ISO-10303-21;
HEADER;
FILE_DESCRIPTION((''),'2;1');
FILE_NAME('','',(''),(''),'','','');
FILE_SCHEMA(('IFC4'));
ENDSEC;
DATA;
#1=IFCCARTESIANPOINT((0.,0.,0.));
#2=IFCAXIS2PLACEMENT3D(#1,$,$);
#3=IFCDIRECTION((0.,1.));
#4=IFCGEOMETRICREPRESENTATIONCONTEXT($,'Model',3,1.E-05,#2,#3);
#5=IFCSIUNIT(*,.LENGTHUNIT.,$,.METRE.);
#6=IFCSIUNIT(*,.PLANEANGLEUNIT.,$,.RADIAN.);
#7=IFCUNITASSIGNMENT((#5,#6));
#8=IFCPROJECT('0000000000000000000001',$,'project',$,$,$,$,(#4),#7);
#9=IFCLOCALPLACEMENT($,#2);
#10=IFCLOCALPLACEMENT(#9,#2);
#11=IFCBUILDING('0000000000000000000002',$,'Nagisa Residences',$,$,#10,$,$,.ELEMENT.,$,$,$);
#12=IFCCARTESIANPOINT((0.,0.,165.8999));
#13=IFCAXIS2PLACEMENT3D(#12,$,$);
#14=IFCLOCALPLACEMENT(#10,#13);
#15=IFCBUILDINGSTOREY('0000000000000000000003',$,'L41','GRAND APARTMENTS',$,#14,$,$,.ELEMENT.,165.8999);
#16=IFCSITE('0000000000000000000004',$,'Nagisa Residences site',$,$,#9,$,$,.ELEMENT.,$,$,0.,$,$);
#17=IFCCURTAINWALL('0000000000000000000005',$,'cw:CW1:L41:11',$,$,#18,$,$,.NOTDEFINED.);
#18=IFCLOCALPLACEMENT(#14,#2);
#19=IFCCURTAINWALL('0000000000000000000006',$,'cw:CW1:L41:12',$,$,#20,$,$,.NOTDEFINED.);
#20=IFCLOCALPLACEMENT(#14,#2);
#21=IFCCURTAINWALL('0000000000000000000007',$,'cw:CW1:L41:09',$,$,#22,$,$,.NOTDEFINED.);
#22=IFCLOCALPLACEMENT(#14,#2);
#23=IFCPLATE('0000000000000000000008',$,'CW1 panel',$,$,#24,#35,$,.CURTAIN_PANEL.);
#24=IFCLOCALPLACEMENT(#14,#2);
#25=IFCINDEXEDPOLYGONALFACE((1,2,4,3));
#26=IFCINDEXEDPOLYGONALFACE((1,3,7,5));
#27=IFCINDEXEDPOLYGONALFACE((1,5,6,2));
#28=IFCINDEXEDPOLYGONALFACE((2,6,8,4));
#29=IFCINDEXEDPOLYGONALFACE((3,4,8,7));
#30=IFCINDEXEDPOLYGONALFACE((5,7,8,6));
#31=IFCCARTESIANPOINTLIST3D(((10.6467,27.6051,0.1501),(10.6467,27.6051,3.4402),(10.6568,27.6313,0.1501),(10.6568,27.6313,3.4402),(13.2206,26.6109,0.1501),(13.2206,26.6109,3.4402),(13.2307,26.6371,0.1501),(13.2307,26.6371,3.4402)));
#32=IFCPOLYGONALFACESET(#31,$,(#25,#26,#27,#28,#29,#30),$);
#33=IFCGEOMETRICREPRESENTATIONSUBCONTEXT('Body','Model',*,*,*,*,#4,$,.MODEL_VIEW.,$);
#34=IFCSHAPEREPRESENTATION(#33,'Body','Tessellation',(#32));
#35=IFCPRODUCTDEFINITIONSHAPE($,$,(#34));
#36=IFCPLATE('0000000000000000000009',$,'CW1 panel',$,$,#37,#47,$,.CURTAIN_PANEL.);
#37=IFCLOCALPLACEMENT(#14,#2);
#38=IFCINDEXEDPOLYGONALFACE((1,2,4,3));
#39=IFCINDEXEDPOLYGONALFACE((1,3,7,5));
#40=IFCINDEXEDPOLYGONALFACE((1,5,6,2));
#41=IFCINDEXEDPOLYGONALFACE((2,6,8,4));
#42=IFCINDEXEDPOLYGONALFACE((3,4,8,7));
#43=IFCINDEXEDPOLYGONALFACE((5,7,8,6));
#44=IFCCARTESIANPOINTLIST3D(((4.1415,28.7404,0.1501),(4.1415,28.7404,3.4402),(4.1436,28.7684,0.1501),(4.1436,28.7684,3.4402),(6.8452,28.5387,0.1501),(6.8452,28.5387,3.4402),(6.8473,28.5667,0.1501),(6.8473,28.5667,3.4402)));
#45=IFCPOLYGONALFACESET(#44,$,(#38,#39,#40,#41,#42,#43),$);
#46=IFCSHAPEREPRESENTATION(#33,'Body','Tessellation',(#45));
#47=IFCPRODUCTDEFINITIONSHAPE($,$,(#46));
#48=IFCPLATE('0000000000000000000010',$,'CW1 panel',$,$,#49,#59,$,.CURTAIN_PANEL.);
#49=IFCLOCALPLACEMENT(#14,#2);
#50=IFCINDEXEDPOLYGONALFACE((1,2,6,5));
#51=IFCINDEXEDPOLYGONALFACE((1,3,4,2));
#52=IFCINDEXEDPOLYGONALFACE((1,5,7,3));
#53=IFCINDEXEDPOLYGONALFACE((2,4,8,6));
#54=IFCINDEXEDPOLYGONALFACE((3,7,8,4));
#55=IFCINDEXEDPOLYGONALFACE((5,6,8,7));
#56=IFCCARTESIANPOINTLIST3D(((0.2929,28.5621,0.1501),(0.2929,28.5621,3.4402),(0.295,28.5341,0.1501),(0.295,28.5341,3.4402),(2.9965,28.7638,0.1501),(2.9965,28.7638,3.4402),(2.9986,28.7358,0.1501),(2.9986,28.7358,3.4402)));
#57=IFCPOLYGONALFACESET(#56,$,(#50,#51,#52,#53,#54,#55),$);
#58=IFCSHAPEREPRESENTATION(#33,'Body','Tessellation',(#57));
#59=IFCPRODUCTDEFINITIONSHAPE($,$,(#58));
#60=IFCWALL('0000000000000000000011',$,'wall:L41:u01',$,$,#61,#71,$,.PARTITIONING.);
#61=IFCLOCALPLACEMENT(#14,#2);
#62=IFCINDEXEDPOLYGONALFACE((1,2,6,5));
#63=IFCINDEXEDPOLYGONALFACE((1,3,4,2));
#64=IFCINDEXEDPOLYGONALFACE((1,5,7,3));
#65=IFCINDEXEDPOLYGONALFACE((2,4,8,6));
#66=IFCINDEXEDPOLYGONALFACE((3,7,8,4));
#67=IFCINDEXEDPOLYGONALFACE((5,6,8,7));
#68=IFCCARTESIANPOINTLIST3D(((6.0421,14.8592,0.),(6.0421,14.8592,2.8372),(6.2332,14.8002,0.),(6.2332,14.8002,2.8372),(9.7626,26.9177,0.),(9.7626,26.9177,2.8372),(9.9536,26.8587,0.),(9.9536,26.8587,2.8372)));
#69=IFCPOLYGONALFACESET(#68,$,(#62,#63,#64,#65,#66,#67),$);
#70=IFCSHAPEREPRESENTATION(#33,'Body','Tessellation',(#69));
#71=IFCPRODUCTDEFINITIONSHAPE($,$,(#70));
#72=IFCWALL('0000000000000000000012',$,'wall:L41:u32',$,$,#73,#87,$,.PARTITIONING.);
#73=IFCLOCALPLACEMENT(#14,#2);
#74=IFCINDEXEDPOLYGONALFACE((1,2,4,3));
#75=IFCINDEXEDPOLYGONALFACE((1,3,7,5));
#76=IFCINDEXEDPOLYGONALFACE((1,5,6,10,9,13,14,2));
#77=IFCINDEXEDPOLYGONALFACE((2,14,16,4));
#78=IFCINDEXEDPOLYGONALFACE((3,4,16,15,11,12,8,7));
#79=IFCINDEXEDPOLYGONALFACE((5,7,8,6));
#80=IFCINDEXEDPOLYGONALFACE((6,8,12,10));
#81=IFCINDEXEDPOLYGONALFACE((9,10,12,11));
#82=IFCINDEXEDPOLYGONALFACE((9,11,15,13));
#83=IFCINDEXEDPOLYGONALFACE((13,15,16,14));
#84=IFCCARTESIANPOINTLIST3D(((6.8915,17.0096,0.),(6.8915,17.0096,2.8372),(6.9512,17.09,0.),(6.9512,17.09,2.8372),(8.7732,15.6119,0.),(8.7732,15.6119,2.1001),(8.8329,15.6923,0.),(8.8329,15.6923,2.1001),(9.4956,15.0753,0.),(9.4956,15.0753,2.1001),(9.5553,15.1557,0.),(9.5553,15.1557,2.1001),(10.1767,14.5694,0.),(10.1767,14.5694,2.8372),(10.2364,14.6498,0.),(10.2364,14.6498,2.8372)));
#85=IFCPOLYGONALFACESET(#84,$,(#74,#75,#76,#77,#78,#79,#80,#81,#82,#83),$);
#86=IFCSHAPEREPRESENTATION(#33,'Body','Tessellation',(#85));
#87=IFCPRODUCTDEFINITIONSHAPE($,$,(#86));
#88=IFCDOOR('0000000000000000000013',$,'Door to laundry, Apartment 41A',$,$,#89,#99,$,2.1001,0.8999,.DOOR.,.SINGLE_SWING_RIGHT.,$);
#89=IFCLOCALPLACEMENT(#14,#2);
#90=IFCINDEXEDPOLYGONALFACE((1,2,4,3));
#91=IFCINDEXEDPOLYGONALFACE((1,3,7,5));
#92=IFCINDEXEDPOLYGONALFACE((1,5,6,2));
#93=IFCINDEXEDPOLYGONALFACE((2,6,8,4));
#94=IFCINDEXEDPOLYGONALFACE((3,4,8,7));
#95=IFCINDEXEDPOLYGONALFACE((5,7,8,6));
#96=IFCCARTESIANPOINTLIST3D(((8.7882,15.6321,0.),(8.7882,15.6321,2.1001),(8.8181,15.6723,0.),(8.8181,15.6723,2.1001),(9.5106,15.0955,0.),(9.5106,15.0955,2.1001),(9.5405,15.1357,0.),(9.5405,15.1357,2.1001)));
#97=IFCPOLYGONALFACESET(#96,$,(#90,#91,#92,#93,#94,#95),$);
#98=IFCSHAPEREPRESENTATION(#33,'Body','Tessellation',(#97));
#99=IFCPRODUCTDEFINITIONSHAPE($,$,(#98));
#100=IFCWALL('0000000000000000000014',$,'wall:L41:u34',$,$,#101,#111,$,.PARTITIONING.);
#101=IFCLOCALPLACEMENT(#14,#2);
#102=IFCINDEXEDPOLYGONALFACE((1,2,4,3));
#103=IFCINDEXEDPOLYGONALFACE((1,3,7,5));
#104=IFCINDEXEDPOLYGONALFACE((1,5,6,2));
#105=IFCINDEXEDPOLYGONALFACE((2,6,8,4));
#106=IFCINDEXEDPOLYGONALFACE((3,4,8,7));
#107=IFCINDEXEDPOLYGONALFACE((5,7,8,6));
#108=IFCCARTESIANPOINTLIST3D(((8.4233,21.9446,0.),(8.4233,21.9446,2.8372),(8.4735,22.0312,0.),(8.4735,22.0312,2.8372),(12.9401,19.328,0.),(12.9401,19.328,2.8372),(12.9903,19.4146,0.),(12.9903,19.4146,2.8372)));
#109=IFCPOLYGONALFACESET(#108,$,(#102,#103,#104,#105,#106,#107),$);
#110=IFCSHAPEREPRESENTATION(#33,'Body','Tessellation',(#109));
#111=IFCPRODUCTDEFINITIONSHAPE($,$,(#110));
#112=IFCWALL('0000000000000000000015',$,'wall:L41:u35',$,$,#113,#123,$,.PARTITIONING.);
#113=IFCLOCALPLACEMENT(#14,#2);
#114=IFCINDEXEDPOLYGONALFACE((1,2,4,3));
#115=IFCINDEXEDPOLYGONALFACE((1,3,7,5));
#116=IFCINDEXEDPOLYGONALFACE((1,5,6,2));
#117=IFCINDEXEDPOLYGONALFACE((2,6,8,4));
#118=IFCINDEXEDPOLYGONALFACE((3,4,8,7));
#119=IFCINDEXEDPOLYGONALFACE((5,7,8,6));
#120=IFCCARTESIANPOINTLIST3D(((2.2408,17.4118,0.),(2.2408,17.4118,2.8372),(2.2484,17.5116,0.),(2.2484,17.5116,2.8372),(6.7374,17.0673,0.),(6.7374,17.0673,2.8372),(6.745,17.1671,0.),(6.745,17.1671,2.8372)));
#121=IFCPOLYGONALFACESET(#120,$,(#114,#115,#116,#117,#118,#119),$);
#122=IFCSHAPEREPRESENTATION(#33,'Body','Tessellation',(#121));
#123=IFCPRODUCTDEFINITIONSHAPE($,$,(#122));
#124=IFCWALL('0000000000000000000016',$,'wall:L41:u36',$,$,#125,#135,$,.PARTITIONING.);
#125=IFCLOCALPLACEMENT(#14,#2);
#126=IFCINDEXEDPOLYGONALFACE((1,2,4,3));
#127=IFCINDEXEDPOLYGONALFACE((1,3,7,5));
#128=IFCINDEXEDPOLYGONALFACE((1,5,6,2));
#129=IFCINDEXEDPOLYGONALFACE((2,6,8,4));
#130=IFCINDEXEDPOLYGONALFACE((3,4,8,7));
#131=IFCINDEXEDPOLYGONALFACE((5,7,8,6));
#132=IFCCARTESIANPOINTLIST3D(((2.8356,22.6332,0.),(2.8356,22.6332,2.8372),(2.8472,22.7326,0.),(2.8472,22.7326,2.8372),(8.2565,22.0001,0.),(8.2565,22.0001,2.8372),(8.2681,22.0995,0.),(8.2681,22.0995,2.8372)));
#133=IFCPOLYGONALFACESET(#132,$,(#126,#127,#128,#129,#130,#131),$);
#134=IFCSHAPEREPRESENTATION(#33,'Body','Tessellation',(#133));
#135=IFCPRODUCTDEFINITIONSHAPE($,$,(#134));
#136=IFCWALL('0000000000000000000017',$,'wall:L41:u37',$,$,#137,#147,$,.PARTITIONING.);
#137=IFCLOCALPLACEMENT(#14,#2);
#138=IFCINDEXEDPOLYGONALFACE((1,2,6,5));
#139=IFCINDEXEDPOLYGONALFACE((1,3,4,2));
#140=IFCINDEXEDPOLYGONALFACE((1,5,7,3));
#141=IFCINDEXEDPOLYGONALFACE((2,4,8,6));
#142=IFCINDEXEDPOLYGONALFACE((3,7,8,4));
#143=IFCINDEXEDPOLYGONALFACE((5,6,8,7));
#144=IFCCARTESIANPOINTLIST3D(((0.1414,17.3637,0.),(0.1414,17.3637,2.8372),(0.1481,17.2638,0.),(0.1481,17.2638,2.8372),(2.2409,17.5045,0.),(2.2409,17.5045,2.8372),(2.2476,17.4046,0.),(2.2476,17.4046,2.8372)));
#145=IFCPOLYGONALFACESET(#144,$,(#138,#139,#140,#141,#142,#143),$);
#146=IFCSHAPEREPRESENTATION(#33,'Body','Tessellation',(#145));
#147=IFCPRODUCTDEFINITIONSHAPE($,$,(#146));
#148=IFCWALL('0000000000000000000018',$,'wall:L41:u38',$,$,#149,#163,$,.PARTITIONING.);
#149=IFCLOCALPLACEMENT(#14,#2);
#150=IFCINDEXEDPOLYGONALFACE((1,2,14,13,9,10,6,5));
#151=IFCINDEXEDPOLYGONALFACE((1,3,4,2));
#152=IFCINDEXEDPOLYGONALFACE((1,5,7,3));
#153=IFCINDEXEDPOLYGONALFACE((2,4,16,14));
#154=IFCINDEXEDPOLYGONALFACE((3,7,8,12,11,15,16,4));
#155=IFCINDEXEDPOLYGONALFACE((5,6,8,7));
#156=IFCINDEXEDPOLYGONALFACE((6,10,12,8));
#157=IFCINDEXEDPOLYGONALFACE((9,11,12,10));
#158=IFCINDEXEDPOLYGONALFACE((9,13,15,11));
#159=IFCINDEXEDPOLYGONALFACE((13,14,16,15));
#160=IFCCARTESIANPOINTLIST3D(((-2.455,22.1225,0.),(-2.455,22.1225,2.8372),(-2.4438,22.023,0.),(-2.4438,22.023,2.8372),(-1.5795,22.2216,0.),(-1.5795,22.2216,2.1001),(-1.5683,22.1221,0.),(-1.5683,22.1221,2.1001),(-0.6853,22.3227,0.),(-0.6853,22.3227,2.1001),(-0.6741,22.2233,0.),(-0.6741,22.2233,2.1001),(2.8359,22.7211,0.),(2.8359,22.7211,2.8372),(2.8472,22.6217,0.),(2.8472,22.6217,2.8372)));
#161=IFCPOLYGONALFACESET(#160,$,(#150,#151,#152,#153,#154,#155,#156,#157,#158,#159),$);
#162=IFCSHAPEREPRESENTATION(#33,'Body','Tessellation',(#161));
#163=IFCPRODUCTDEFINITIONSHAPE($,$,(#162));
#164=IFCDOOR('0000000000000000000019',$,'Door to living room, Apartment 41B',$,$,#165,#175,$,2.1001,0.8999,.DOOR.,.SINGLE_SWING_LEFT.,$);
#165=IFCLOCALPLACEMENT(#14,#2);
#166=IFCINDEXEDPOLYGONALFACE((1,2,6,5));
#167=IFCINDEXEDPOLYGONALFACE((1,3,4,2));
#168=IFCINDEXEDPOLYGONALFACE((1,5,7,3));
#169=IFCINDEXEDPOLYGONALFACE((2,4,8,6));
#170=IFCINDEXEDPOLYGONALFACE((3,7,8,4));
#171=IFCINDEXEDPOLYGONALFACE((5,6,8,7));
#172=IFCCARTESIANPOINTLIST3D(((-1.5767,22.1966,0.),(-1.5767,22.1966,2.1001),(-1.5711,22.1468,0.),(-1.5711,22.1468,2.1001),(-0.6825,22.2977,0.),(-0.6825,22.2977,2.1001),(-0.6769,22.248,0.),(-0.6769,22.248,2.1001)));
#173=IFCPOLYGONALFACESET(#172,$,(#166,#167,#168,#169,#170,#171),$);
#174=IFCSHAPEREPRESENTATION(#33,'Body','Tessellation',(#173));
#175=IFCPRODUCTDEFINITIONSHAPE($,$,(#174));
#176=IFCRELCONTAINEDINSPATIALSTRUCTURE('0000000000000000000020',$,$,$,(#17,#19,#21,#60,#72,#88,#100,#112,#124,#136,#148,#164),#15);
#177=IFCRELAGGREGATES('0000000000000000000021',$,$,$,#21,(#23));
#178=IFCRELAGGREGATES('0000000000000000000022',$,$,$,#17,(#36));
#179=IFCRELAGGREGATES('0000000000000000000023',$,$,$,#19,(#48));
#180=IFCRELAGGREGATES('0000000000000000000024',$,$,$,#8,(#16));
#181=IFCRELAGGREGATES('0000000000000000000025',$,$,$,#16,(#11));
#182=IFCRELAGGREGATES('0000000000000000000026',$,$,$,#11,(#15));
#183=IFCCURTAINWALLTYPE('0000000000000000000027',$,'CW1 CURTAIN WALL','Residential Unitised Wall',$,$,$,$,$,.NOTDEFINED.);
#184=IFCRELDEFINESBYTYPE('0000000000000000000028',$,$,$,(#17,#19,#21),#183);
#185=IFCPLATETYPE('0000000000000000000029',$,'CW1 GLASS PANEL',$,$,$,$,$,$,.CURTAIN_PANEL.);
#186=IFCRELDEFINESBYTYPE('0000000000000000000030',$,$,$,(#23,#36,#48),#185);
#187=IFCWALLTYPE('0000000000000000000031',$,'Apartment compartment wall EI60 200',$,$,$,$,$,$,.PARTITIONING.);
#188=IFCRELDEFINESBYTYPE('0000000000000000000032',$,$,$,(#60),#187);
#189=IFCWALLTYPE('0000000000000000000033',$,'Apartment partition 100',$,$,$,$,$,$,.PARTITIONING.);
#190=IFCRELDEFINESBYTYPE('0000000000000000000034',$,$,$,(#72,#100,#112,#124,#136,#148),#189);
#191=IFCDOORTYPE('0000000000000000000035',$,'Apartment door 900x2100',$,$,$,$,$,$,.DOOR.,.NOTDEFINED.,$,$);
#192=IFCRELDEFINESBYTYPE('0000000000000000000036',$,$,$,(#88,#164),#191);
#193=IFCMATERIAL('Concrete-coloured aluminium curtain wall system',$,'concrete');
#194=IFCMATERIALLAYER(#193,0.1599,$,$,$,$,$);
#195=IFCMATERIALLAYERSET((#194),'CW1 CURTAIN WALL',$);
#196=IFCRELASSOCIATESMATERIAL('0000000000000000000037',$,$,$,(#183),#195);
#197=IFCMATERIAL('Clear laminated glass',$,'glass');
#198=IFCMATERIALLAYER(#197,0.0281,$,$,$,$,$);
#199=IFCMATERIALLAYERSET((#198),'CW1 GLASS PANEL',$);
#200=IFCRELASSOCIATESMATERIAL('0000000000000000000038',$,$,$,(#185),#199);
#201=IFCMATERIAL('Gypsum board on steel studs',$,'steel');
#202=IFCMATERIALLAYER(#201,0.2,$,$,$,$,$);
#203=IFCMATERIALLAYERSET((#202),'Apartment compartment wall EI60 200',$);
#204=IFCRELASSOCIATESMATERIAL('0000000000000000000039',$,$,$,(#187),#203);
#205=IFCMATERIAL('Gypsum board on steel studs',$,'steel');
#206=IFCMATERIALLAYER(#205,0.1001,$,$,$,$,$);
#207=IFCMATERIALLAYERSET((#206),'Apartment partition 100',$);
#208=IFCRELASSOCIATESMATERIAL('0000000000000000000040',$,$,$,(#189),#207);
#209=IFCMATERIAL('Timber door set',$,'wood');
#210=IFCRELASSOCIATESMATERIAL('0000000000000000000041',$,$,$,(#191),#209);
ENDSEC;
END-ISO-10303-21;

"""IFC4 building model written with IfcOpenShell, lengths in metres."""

from ifc_helpers import new_model, si_unit, direction, frame, frame_2d, origin, origin_2d, place, context, subcontext, project, spatial, rectangle, extrude, material, layer, layer_set, type_object, element, fill, aggregate, save


model = new_model("IFC4")

# Units and contexts
model_context = context("Model", 3, precision=1e-05, world=origin(), true_north=direction((0.0, 1.0)))
body_context = subcontext(model_context, "Body", "Model", "MODEL_VIEW")
ifc_project = project(units=[si_unit("LENGTHUNIT", "METRE"), si_unit("PLANEANGLEUNIT", "RADIAN")], contexts=[model_context])

# Site, building, storey
site_placement = place(None, origin())
site = spatial("IfcSite", under=ifc_project, at=site_placement, Name="Nagisa Residences site", CompositionType="ELEMENT", RefElevation=0.0)
building_placement = place(site_placement, origin())
building = spatial("IfcBuilding", under=site, at=building_placement, Name="Nagisa Residences", CompositionType="ELEMENT")
storey_placement = place(building_placement, frame((0.0, 0.0, 165.8999)))
storey = spatial("IfcBuildingStorey", under=building, at=storey_placement, Name="L41", Description="GRAND APARTMENTS", CompositionType="ELEMENT", Elevation=165.8999)

# Curtain walls
ifc_material_1 = material(Name="Concrete-coloured aluminium curtain wall system", Category="concrete")
ifc_layer_1 = layer(ifc_material_1, 0.1599)
ifc_layer_set_1 = layer_set([ifc_layer_1], Name="CW1 CURTAIN WALL")
curtain_wall_type = type_object("IfcCurtainWallType", Name="CW1 CURTAIN WALL", Description="Residential Unitised Wall", PredefinedType="NOTDEFINED", material=ifc_layer_set_1)
curtain_wall_1_placement = place(storey_placement, origin())
curtain_wall_1 = element("IfcCurtainWall", 1, at=curtain_wall_1_placement, inside=storey, type_object=curtain_wall_type, Name="cw:CW1:L41:11", PredefinedType="NOTDEFINED")
curtain_wall_2_placement = place(storey_placement, origin())
curtain_wall_2 = element("IfcCurtainWall", 2, at=curtain_wall_2_placement, inside=storey, type_object=curtain_wall_type, Name="cw:CW1:L41:12", PredefinedType="NOTDEFINED")

# Curtain wall, plate
curtain_wall_3_placement = place(storey_placement, origin())
curtain_wall_3 = element("IfcCurtainWall", 3, at=curtain_wall_3_placement, inside=storey, type_object=curtain_wall_type, Name="cw:CW1:L41:09", PredefinedType="NOTDEFINED")
ifc_material_2 = material(Name="Clear laminated glass", Category="glass")
ifc_layer_2 = layer(ifc_material_2, 0.0281)
ifc_layer_set_2 = layer_set([ifc_layer_2], Name="CW1 GLASS PANEL")
plate_type = type_object("IfcPlateType", Name="CW1 GLASS PANEL", PredefinedType="CURTAIN_PANEL", material=ifc_layer_set_2)
plate_1_placement = place(storey_placement, frame((11.9387, 27.1211, 0.1501), z_axis=(0.0, 0.0, 1.0), x_axis=(-0.932826, 0.360328, 0.0)))
plate_1 = element("IfcPlate", 4, at=plate_1_placement, type_object=plate_type, Name="CW1 panel", PredefinedType="CURTAIN_PANEL", context=body_context, shape_type="SweptSolid", body=[
    extrude(rectangle(XDim=2.7593, YDim=0.0281, at=origin_2d()), origin(), (0.0, 0.0, 1.0), 3.29),
])
aggregate(curtain_wall_3, [plate_1])

# Plates
plate_2_placement = place(storey_placement, frame((5.4944, 28.6536, 0.1501), z_axis=(0.0, 0.0, 1.0), x_axis=(-0.99723, 0.074377, 0.0)))
plate_2 = element("IfcPlate", 5, at=plate_2_placement, type_object=plate_type, Name="CW1 panel", PredefinedType="CURTAIN_PANEL", context=body_context, shape_type="SweptSolid", body=[
    extrude(rectangle(XDim=2.7112, YDim=0.0281, at=origin_2d()), origin(), (0.0, 0.0, 1.0), 3.29),
])
aggregate(curtain_wall_1, [plate_2])
plate_3_placement = place(storey_placement, frame((1.6458, 28.6489, 0.1501), z_axis=(0.0, 0.0, 1.0), x_axis=(-0.99723, -0.074377, 0.0)))
plate_3 = element("IfcPlate", 6, at=plate_3_placement, type_object=plate_type, Name="CW1 panel", PredefinedType="CURTAIN_PANEL", context=body_context, shape_type="SweptSolid", body=[
    extrude(rectangle(XDim=2.7112, YDim=0.0281, at=origin_2d()), origin(), (0.0, 0.0, 1.0), 3.29),
])
aggregate(curtain_wall_2, [plate_3])

# Wall
ifc_material_3 = material(Name="Gypsum board on steel studs", Category="steel")
ifc_layer_3 = layer(ifc_material_3, 0.2)
ifc_layer_set_3 = layer_set([ifc_layer_3], Name="Apartment compartment wall EI60 200")
wall_type_1 = type_object("IfcWallType", Name="Apartment compartment wall EI60 200", PredefinedType="PARTITIONING", material=ifc_layer_set_3)
wall_1_placement = place(storey_placement, frame((6.1377, 14.8298, 0.0), z_axis=(0.0, 0.0, 1.0), x_axis=(0.294819, 0.955553, 0.0)))
element("IfcWall", 7, at=wall_1_placement, inside=storey, type_object=wall_type_1, Name="wall:L41:u01", PredefinedType="PARTITIONING", context=body_context, shape_type="SweptSolid", body=[
    extrude(rectangle(XDim=12.6194, YDim=0.2, at=frame_2d((6.3096, 0.0))), origin(), (0.0, 0.0, 1.0), 2.8372),
])

# Wall, opening, door
ifc_material_4 = material(Name="Gypsum board on steel studs", Category="steel")
ifc_layer_4 = layer(ifc_material_4, 0.1001)
ifc_layer_set_4 = layer_set([ifc_layer_4], Name="Apartment partition 100")
wall_type_2 = type_object("IfcWallType", Name="Apartment partition 100", PredefinedType="PARTITIONING", material=ifc_layer_set_4)
wall_2_placement = place(storey_placement, frame((10.2065, 14.6096, 0.0), z_axis=(0.0, 0.0, 1.0), x_axis=(-0.802769, 0.59629, 0.0)))
wall_2 = element("IfcWall", 8, at=wall_2_placement, inside=storey, type_object=wall_type_2, Name="wall:L41:u32", PredefinedType="PARTITIONING", context=body_context, shape_type="SweptSolid", body=[
    extrude(rectangle(XDim=4.0923, YDim=0.1001, at=frame_2d((2.0461, 0.0))), origin(), (0.0, 0.0, 1.0), 2.8372),
])
opening_1_placement = place(wall_2_placement, frame((0.8484, 0.0, 0.0)))
opening_1 = element("IfcOpeningElement", 9, at=opening_1_placement, cuts=wall_2, PredefinedType="OPENING", context=body_context, shape_type="SweptSolid", body=[
    extrude(rectangle(XDim=0.8999, YDim=2.1001, at=frame_2d((0.45, 1.05))), frame((0.0, 0.0601, 0.0), z_axis=(0.0, -1.0, 0.0), x_axis=(1.0, 0.0, 0.0)), (0.0, 0.0, 1.0), 0.1201),
])
ifc_material_5 = material(Name="Timber door set", Category="wood")
door_type_1 = type_object("IfcDoorType", Name="Apartment door 900x2100", OperationType="NOTDEFINED", PredefinedType="DOOR", material=ifc_material_5)
door_1_placement = place(opening_1_placement, origin())
door_1 = element("IfcDoor", 10, at=door_1_placement, inside=storey, type_object=door_type_1, Name="Door to laundry, Apartment 41A", OperationType="SINGLE_SWING_RIGHT", OverallHeight=2.1001, OverallWidth=0.8999, PredefinedType="DOOR", context=body_context, shape_type="SweptSolid", body=[
    extrude(rectangle(XDim=0.8999, YDim=2.1001, at=frame_2d((0.45, 1.05))), frame((0.0, 0.0249, 0.0), z_axis=(0.0, -1.0, 0.0), x_axis=(1.0, 0.0, 0.0)), (0.0, 0.0, 1.0), 0.05),
])
fill(opening_1, door_1)

# Walls
wall_3_placement = place(storey_placement, frame((12.9651, 19.3713, 0.0), z_axis=(0.0, 0.0, 1.0), x_axis=(-0.865286, 0.501278, 0.0)))
element("IfcWall", 11, at=wall_3_placement, inside=storey, type_object=wall_type_2, Name="wall:L41:u34", PredefinedType="PARTITIONING", context=body_context, shape_type="SweptSolid", body=[
    extrude(rectangle(XDim=5.22, YDim=0.1001, at=frame_2d((2.6099, 0.0))), origin(), (0.0, 0.0, 1.0), 2.8372),
])
wall_4_placement = place(storey_placement, frame((6.7412, 17.1172, 0.0), z_axis=(0.0, 0.0, 1.0), x_axis=(-0.997078, 0.076386, 0.0)))
element("IfcWall", 12, at=wall_4_placement, inside=storey, type_object=wall_type_2, Name="wall:L41:u35", PredefinedType="PARTITIONING", context=body_context, shape_type="SweptSolid", body=[
    extrude(rectangle(XDim=4.5098, YDim=0.1001, at=frame_2d((2.2549, 0.0))), origin(), (0.0, 0.0, 1.0), 2.8372),
])
wall_5_placement = place(storey_placement, frame((8.2625, 22.0498, 0.0), z_axis=(0.0, 0.0, 1.0), x_axis=(-0.99325, 0.115993, 0.0)))
element("IfcWall", 13, at=wall_5_placement, inside=storey, type_object=wall_type_2, Name="wall:L41:u36", PredefinedType="PARTITIONING", context=body_context, shape_type="SweptSolid", body=[
    extrude(rectangle(XDim=5.4578, YDim=0.1001, at=frame_2d((2.729, 0.0))), origin(), (0.0, 0.0, 1.0), 2.8372),
])
wall_6_placement = place(storey_placement, frame((2.2444, 17.4546, 0.0), z_axis=(0.0, 0.0, 1.0), x_axis=(-0.997757, -0.066943, 0.0)))
element("IfcWall", 14, at=wall_6_placement, inside=storey, type_object=wall_type_2, Name="wall:L41:u37", PredefinedType="PARTITIONING", context=body_context, shape_type="SweptSolid", body=[
    extrude(rectangle(XDim=2.1042, YDim=0.1001, at=frame_2d((1.0522, 0.0))), origin(), (0.0, 0.0, 1.0), 2.8372),
])

# Wall, opening, door
wall_7_placement = place(storey_placement, frame((2.8416, 22.6714, 0.0), z_axis=(0.0, 0.0, 1.0), x_axis=(-0.99366, -0.112424, 0.0)))
wall_7 = element("IfcWall", 15, at=wall_7_placement, inside=storey, type_object=wall_type_2, Name="wall:L41:u38", PredefinedType="PARTITIONING", context=body_context, shape_type="SweptSolid", body=[
    extrude(rectangle(XDim=5.3247, YDim=0.1001, at=frame_2d((2.6624, 0.0))), origin(), (0.0, 0.0, 1.0), 2.8372),
])
opening_2_placement = place(wall_7_placement, frame((3.5437, 0.0, 0.0)))
opening_2 = element("IfcOpeningElement", 16, at=opening_2_placement, cuts=wall_7, PredefinedType="OPENING", context=body_context, shape_type="SweptSolid", body=[
    extrude(rectangle(XDim=0.8999, YDim=2.1001, at=frame_2d((0.45, 1.05))), frame((0.0, 0.0601, 0.0), z_axis=(0.0, -1.0, 0.0), x_axis=(1.0, 0.0, 0.0)), (0.0, 0.0, 1.0), 0.1201),
])
door_2_placement = place(opening_2_placement, frame((0.8999, 0.0, 0.0), x_axis=(-1.0, 0.0, 0.0)))
door_2 = element("IfcDoor", 17, at=door_2_placement, inside=storey, type_object=door_type_1, Name="Door to living room, Apartment 41B", OperationType="SINGLE_SWING_LEFT", OverallHeight=2.1001, OverallWidth=0.8999, PredefinedType="DOOR", context=body_context, shape_type="SweptSolid", body=[
    extrude(rectangle(XDim=0.8999, YDim=2.1001, at=frame_2d((0.45, 1.05))), frame((0.0, 0.0249, 0.0), z_axis=(0.0, -1.0, 0.0), x_axis=(1.0, 0.0, 0.0)), (0.0, 0.0, 1.0), 0.05),
])
fill(opening_2, door_2)

save(model, "model.ifc")
